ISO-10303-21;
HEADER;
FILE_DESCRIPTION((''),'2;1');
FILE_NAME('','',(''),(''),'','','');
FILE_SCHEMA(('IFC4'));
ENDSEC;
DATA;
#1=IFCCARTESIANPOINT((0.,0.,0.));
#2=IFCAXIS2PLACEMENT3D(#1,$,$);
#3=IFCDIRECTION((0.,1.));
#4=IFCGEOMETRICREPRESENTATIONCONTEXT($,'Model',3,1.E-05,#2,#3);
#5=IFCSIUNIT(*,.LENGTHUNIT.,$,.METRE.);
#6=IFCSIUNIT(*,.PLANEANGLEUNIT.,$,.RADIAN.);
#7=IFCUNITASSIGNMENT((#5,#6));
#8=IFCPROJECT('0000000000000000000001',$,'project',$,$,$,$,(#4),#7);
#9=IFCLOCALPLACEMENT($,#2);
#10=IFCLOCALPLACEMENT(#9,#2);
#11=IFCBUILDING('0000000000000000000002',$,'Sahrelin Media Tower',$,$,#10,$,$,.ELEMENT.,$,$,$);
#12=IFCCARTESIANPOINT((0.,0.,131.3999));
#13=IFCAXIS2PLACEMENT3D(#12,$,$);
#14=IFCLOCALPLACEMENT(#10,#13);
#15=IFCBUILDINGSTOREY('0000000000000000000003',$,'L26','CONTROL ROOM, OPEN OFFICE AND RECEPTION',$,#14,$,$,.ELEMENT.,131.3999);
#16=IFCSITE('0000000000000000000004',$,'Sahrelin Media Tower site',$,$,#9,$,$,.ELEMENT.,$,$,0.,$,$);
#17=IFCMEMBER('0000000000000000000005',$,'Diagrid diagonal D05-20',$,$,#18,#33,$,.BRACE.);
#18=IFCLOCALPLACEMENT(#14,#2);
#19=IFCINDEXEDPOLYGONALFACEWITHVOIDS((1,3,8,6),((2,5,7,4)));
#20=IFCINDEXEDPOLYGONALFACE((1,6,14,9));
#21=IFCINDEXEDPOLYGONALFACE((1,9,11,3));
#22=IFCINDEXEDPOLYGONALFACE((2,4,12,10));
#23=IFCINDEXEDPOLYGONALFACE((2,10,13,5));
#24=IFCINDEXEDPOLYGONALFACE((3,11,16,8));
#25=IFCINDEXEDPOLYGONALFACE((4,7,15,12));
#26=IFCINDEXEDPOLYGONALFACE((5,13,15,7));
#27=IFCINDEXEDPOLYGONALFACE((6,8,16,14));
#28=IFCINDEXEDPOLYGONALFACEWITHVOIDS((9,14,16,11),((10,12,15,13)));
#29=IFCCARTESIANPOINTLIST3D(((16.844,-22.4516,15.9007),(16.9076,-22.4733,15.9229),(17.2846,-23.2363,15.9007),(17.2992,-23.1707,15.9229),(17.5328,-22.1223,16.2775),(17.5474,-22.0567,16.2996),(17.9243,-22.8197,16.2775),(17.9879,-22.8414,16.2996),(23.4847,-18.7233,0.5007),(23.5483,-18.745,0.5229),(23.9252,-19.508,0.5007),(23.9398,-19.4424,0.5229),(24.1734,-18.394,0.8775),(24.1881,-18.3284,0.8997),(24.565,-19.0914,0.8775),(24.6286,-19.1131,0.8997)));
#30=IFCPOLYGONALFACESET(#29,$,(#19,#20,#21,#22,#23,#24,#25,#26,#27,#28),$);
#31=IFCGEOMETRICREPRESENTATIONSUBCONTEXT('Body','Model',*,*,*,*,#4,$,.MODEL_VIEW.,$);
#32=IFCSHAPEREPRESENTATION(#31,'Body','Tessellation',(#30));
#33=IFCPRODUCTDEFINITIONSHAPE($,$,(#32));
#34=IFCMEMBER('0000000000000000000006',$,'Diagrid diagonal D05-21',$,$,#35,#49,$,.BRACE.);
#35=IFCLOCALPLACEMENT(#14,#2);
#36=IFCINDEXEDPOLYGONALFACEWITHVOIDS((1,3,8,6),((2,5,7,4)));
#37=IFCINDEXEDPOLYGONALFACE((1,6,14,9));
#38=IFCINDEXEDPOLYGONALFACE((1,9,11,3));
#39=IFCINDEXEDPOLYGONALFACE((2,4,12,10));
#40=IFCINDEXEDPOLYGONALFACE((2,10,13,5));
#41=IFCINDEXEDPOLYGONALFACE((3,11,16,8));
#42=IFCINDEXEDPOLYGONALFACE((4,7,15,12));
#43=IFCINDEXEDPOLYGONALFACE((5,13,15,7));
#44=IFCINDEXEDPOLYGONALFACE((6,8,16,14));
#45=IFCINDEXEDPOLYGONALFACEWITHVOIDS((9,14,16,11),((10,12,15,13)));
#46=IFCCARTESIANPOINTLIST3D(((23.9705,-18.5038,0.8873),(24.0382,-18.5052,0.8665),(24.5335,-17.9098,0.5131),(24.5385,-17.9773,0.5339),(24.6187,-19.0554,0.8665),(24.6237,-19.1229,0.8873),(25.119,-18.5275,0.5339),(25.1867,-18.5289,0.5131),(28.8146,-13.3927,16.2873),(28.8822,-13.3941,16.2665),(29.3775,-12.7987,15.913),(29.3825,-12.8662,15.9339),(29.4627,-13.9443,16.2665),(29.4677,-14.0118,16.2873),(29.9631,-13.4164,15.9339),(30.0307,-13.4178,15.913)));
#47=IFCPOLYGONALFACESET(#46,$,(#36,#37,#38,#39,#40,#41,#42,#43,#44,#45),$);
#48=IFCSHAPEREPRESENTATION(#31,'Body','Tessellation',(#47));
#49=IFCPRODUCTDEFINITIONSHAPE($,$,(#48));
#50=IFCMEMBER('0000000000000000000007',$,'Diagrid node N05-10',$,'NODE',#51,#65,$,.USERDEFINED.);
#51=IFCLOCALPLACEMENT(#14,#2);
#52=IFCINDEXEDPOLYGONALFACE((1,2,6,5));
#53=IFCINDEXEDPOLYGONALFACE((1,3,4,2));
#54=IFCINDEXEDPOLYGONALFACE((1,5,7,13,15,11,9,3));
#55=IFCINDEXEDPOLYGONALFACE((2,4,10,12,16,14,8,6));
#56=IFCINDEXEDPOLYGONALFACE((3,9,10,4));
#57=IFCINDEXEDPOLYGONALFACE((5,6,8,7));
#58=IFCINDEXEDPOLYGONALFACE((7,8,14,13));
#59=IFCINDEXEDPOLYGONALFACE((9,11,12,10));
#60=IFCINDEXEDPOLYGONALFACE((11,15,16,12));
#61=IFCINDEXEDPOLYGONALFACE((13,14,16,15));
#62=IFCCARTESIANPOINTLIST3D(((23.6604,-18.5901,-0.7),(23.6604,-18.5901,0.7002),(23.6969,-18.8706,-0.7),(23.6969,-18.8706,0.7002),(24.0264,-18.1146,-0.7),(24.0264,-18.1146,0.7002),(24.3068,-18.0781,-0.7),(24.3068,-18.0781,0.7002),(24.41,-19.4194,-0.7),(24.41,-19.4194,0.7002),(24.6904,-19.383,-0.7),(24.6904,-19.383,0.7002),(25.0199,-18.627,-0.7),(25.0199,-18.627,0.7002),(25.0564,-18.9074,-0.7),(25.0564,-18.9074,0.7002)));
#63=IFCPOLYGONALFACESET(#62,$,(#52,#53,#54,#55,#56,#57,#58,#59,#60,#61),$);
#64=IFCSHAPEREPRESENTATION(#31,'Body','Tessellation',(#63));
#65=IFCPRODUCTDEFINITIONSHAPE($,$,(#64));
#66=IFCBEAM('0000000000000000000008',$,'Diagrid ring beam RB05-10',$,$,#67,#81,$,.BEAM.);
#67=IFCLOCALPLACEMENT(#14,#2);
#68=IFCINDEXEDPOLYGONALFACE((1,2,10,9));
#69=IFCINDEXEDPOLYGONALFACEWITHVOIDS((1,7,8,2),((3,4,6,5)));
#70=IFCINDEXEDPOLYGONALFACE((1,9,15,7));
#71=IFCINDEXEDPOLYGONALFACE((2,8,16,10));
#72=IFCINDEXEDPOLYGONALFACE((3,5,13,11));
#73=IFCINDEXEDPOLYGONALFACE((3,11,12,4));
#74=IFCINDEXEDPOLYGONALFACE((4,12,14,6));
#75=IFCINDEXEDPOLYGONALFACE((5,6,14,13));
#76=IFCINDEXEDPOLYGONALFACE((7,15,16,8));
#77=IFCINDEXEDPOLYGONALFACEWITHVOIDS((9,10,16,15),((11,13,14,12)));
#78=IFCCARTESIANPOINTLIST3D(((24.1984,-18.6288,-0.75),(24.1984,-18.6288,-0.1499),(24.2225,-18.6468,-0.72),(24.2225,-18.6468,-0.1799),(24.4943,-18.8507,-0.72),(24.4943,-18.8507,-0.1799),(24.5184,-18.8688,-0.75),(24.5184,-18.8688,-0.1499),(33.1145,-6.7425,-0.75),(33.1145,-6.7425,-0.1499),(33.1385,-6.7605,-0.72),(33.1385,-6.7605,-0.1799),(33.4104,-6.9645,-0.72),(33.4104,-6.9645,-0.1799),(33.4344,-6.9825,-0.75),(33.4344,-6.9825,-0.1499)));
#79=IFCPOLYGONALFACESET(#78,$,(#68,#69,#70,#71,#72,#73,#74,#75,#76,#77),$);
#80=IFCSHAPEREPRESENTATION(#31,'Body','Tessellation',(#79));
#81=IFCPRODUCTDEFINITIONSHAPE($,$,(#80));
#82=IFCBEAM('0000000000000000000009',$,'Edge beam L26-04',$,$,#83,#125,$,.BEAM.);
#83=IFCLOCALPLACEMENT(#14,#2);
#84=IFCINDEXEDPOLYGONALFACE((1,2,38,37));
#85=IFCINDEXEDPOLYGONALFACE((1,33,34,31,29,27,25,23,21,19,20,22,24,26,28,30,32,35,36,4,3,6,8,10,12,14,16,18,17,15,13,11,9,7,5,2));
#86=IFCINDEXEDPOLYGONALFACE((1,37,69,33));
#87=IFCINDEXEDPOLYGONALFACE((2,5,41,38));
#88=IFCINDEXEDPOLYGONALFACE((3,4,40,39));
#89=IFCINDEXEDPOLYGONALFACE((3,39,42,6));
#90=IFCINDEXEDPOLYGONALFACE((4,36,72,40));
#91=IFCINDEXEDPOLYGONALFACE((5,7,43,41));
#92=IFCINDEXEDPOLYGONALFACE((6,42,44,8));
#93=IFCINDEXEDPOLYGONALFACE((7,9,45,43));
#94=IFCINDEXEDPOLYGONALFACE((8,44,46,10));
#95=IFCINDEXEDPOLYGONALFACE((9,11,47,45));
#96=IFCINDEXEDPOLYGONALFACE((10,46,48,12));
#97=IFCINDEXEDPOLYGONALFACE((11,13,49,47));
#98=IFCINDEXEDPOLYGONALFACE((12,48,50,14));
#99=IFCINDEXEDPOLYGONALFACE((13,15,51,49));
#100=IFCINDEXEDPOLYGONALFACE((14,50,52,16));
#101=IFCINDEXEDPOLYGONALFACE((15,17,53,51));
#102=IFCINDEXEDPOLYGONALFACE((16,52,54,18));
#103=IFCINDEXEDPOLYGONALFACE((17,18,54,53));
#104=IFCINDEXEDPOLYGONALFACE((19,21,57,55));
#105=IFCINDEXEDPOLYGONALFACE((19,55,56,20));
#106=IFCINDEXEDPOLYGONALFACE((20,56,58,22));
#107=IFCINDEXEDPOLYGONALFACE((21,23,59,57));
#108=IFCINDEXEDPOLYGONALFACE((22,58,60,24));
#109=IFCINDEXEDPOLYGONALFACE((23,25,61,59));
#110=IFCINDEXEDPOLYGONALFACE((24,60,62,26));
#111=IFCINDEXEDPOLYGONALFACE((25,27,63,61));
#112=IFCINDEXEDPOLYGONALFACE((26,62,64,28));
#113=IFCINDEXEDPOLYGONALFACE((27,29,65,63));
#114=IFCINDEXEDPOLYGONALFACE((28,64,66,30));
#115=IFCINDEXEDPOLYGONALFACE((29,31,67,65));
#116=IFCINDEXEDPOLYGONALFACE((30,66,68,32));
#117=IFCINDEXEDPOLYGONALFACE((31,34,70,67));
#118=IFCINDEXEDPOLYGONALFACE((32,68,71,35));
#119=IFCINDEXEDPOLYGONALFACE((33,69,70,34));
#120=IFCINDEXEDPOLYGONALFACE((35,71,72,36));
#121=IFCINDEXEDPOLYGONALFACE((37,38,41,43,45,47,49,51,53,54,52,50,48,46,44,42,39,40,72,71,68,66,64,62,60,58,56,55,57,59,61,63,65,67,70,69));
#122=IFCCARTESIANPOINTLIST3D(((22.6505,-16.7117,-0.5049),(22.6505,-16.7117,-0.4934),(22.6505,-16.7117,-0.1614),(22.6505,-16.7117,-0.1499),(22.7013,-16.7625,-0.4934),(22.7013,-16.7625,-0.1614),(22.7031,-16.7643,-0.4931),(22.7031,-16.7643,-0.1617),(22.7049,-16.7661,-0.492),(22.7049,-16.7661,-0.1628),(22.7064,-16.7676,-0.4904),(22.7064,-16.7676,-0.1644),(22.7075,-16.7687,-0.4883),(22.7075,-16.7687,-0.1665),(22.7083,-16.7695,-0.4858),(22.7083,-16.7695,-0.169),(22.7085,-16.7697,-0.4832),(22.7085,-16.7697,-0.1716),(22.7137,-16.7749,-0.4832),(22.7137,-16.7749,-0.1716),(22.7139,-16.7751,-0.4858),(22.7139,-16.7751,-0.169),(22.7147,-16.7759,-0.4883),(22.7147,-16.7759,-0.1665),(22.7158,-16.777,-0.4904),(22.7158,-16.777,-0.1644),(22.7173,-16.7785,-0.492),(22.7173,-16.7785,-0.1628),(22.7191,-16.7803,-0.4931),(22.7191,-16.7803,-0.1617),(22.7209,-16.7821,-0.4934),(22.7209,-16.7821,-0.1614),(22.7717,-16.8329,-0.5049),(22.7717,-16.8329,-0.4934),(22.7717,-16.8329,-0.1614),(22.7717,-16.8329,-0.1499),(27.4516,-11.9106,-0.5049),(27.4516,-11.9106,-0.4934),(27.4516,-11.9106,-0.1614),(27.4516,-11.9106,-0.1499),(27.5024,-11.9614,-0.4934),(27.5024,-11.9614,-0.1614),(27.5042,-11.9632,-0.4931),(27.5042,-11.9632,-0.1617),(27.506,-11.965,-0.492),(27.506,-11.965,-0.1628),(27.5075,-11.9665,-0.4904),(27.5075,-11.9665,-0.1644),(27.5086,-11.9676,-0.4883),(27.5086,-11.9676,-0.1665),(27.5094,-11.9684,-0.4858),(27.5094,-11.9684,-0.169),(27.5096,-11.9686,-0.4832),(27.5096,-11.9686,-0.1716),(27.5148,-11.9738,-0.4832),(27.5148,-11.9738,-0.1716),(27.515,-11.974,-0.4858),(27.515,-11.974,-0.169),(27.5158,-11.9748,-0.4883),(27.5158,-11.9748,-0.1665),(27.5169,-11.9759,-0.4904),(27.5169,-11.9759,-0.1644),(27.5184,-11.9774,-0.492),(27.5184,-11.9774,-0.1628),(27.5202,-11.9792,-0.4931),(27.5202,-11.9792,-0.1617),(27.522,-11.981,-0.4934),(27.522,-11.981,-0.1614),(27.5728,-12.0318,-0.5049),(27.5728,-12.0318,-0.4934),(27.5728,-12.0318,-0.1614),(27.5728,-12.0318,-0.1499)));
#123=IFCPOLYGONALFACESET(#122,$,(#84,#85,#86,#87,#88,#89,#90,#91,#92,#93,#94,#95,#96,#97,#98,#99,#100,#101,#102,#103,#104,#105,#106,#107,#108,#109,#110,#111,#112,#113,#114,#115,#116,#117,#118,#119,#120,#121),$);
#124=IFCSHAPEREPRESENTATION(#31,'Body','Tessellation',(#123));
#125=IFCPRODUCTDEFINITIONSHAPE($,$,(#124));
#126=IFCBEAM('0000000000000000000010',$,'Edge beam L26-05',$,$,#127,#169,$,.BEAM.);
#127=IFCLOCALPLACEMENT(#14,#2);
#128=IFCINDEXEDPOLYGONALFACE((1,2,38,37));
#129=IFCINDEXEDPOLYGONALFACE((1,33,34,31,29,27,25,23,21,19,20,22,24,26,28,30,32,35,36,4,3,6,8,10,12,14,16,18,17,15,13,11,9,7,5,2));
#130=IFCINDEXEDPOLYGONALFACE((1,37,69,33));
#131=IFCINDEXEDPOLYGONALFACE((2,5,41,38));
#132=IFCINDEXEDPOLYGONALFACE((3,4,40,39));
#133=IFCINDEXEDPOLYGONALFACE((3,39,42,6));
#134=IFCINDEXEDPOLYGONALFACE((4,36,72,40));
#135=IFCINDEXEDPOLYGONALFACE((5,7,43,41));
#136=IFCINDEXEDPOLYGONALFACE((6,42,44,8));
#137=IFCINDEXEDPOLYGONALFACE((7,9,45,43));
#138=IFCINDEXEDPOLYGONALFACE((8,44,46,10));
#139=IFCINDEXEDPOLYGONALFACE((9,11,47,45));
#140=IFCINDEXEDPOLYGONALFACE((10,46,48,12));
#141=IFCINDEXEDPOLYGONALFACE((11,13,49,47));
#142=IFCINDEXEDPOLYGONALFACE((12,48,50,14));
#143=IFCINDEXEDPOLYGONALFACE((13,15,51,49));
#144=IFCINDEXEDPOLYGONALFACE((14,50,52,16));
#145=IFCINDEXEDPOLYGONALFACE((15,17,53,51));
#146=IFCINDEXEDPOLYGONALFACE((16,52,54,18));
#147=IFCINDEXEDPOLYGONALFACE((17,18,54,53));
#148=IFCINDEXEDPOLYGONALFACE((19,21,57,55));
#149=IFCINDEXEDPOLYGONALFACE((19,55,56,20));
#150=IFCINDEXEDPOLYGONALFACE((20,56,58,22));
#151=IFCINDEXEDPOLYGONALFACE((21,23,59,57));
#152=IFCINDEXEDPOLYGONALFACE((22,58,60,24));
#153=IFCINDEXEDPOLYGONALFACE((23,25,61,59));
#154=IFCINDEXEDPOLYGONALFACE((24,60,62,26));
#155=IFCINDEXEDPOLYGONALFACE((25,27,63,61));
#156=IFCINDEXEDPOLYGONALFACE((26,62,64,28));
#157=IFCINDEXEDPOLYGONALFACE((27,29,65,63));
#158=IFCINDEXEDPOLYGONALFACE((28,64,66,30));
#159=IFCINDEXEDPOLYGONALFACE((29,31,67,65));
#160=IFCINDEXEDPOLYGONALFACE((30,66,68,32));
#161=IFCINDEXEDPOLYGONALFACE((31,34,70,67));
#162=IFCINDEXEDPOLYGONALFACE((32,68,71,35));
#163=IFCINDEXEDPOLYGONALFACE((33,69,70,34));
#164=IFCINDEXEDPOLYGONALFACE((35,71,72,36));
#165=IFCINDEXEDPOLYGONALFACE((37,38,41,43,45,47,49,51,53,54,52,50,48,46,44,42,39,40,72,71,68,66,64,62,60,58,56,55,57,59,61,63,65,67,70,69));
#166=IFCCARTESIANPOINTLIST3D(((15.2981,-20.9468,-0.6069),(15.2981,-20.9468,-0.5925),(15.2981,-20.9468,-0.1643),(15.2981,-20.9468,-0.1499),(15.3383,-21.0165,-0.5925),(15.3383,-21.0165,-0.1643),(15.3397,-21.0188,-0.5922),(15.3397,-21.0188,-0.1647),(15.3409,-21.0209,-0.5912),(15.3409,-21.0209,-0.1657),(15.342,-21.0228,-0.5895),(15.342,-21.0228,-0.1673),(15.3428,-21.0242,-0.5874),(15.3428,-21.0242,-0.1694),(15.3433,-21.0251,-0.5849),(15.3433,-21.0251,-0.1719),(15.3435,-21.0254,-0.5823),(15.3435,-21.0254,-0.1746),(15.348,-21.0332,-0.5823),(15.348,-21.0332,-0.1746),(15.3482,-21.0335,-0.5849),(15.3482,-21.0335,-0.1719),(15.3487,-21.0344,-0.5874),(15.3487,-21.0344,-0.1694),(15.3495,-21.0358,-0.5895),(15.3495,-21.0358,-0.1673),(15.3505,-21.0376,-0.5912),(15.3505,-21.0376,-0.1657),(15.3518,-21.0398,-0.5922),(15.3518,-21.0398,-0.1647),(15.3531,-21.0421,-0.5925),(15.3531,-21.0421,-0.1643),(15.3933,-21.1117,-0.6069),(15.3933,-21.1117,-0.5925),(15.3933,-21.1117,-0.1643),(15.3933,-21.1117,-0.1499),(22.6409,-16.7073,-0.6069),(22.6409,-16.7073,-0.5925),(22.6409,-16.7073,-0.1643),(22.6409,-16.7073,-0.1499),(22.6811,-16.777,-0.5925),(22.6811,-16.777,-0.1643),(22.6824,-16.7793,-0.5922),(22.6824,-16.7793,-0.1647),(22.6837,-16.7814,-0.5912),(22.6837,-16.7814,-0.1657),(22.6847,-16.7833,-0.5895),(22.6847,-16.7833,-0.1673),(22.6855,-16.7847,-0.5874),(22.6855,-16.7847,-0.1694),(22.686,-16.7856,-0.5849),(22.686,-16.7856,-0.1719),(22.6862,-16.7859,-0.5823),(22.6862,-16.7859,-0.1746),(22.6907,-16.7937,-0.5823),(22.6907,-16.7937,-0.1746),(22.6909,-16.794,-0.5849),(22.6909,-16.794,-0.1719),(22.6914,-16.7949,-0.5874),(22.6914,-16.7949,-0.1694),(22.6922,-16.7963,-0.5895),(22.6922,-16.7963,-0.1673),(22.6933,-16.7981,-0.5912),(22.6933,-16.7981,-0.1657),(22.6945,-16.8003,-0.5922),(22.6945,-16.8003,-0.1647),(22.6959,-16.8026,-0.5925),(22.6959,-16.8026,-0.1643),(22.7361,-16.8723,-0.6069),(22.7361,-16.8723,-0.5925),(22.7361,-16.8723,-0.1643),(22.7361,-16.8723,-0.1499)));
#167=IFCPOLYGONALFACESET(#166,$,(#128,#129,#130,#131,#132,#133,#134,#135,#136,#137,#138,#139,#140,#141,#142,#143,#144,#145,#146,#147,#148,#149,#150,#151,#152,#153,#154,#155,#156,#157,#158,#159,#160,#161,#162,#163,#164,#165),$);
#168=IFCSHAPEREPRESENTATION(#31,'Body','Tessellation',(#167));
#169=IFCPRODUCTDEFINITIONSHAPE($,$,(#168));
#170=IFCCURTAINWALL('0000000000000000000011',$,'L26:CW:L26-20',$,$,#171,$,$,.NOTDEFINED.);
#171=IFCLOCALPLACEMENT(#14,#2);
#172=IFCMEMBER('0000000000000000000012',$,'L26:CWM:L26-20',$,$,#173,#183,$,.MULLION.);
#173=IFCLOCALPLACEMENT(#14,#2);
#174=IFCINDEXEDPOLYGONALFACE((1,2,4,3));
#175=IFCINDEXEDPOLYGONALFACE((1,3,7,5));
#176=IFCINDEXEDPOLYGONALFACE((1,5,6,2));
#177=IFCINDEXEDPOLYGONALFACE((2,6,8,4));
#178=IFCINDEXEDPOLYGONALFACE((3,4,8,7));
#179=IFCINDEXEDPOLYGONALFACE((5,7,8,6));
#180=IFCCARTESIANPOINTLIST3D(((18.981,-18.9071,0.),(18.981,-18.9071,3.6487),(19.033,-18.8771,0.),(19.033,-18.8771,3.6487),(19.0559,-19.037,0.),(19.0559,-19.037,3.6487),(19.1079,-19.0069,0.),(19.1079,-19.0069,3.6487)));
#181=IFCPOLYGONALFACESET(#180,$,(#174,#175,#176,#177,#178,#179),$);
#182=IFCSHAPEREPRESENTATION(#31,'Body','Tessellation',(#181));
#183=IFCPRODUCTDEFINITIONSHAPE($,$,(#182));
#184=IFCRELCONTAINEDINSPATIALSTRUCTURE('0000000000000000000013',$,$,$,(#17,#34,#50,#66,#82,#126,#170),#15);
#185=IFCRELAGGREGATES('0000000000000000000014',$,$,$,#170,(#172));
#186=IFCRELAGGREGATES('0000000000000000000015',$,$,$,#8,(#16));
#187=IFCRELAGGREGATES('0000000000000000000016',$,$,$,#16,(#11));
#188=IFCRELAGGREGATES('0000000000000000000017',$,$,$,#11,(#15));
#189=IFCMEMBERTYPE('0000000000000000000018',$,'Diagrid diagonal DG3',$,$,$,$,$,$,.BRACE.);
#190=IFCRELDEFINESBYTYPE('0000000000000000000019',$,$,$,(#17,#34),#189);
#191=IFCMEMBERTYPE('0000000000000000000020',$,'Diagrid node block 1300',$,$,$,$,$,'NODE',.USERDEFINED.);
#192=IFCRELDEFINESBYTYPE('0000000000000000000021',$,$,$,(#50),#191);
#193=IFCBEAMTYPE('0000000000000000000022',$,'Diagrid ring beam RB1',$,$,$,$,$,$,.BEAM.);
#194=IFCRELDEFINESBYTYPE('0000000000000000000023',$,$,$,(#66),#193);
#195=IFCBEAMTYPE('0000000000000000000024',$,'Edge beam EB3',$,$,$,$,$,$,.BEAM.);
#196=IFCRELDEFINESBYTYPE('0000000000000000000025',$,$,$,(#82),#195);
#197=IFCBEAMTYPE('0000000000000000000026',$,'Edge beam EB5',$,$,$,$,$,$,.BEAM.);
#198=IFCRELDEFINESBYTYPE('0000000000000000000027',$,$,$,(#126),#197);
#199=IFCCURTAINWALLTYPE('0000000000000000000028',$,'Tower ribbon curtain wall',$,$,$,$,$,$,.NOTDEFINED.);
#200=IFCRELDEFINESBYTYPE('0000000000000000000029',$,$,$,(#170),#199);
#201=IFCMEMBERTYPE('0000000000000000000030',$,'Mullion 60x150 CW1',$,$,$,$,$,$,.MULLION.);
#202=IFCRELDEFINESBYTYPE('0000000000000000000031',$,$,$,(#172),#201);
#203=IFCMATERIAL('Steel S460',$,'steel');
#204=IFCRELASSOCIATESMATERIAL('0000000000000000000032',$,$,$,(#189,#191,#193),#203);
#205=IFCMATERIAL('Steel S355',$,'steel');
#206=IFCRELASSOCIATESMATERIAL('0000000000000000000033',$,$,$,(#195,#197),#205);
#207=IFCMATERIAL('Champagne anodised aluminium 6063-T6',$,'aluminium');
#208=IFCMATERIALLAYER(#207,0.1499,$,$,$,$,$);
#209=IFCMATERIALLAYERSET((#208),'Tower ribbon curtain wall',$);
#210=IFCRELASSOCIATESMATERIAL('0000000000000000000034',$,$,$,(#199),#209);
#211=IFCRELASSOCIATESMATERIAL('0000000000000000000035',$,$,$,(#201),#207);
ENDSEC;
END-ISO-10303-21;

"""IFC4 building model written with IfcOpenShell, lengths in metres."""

from ifc_helpers import new_model, si_unit, direction, frame, origin, origin_2d, place, context, subcontext, project, spatial, polyline, rectangle, hollow_rectangle, i_section, outline, extrude, material, layer, layer_set, material_profile, profile_set, type_object, element, aggregate, save


model = new_model("IFC4")

# Units and contexts
model_context = context("Model", 3, precision=1e-05, world=origin(), true_north=direction((0.0, 1.0)))
body_context = subcontext(model_context, "Body", "Model", "MODEL_VIEW")
ifc_project = project(units=[si_unit("LENGTHUNIT", "METRE"), si_unit("PLANEANGLEUNIT", "RADIAN")], contexts=[model_context])

# Site, building, storey
site_placement = place(None, origin())
site = spatial("IfcSite", under=ifc_project, at=site_placement, Name="Sahrelin Media Tower site", CompositionType="ELEMENT", RefElevation=0.0)
building_placement = place(site_placement, origin())
building = spatial("IfcBuilding", under=site, at=building_placement, Name="Sahrelin Media Tower", CompositionType="ELEMENT")
storey_placement = place(building_placement, frame((0.0, 0.0, 131.3999)))
storey = spatial("IfcBuildingStorey", under=building, at=storey_placement, Name="L26", Description="CONTROL ROOM, OPEN OFFICE AND RECEPTION", CompositionType="ELEMENT", Elevation=131.3999)

# Members
ifc_material_1 = material(Name="Steel S460", Category="steel")
ifc_material_profile_1 = material_profile(ifc_material_1, hollow_rectangle(XDim=0.8999, YDim=0.8999, WallThickness=0.05, at=origin_2d()), Name="Diagrid diagonal DG3")
ifc_profile_set_1 = profile_set([ifc_material_profile_1], Name="Steel S460")
member_type_1 = type_object("IfcMemberType", Name="Diagrid diagonal DG3", PredefinedType="BRACE", material=ifc_profile_set_1)
member_1_placement = place(storey_placement, frame((24.0566, -18.9182, 0.7002), z_axis=(-0.386531, -0.217011, 0.896382), x_axis=(0.489555, -0.871973, 0.0)))
element("IfcMember", 1, at=member_1_placement, inside=storey, type_object=member_type_1, Name="Diagrid diagonal D05-20", PredefinedType="BRACE", context=body_context, shape_type="SweptSolid", body=[
    extrude(hollow_rectangle(XDim=0.8999, YDim=0.8999, WallThickness=0.05, at=origin_2d()), origin(), (0.0, 0.0, 1.0), 17.1802),
])
member_2_placement = place(storey_placement, frame((24.5786, -18.5164, 0.7002), z_axis=(0.286059, 0.301832, 0.909432), x_axis=(-0.725817, 0.687888, 0.0)))
element("IfcMember", 2, at=member_2_placement, inside=storey, type_object=member_type_1, Name="Diagrid diagonal D05-21", PredefinedType="BRACE", context=body_context, shape_type="SweptSolid", body=[
    extrude(hollow_rectangle(XDim=0.8999, YDim=0.8999, WallThickness=0.05, at=origin_2d()), origin(), (0.0, 0.0, 1.0), 16.9336),
])
ifc_material_profile_2 = material_profile(ifc_material_1, outline(polyline([(0.45, -0.5), (0.6499, -0.3), (0.6499, 0.3), (0.45, 0.5), (-0.45, 0.5), (-0.6499, 0.3), (-0.6499, -0.3), (-0.45, -0.5), (0.45, -0.5)])), Name="Diagrid node block 1300")
ifc_profile_set_2 = profile_set([ifc_material_profile_2], Name="Steel S460")
member_type_2 = type_object("IfcMemberType", Name="Diagrid node block 1300", ElementType="NODE", PredefinedType="USERDEFINED", material=ifc_profile_set_2)
member_3_placement = place(storey_placement, frame((24.3584, -18.7488, -0.7), z_axis=(0.0, 0.0, 1.0), x_axis=(0.792445, -0.609943, 0.0)))
element("IfcMember", 3, at=member_3_placement, inside=storey, type_object=member_type_2, Name="Diagrid node N05-10", ObjectType="NODE", PredefinedType="USERDEFINED", context=body_context, shape_type="SweptSolid", body=[
    extrude(outline(polyline([(0.45, -0.5), (0.6499, -0.3), (0.6499, 0.3), (0.45, 0.5), (-0.45, 0.5), (-0.6499, 0.3), (-0.6499, -0.3), (-0.45, -0.5), (0.45, -0.5)])), origin(), (0.0, 0.0, 1.0), 1.4001),
])

# Beams
ifc_material_profile_3 = material_profile(ifc_material_1, hollow_rectangle(XDim=0.3999, YDim=0.6001, WallThickness=0.03, at=origin_2d()), Name="Diagrid ring beam RB1")
ifc_profile_set_3 = profile_set([ifc_material_profile_3], Name="Steel S460")
beam_type_1 = type_object("IfcBeamType", Name="Diagrid ring beam RB1", PredefinedType="BEAM", material=ifc_profile_set_3)
beam_1_placement = place(storey_placement, frame((24.3584, -18.7488, -0.45), z_axis=(0.600058, 0.799957, 0.0), x_axis=(-0.799957, 0.600058, 0.0)))
element("IfcBeam", 4, at=beam_1_placement, inside=storey, type_object=beam_type_1, Name="Diagrid ring beam RB05-10", PredefinedType="BEAM", context=body_context, shape_type="SweptSolid", body=[
    extrude(hollow_rectangle(XDim=0.3999, YDim=0.6001, WallThickness=0.03, at=origin_2d()), origin(), (0.0, 0.0, 1.0), 14.8586),
])
ifc_material_2 = material(Name="Steel S355", Category="steel")
ifc_material_profile_4 = material_profile(ifc_material_2, i_section(OverallWidth=0.1714, OverallDepth=0.355, WebThickness=0.0073, FlangeThickness=0.0115, FilletRadius=0.0103, at=origin_2d()), Name="UB 356x171x51")
ifc_profile_set_4 = profile_set([ifc_material_profile_4], Name="Steel S355")
beam_type_2 = type_object("IfcBeamType", Name="Edge beam EB3", PredefinedType="BEAM", material=ifc_profile_set_4)
beam_2_placement = place(storey_placement, frame((27.5122, -11.9712, -0.3274), z_axis=(-0.707107, -0.707107, 0.0), x_axis=(0.707107, -0.707107, 0.0)))
element("IfcBeam", 5, at=beam_2_placement, inside=storey, type_object=beam_type_2, Name="Edge beam L26-04", PredefinedType="BEAM", context=body_context, shape_type="SweptSolid", body=[
    extrude(i_section(OverallWidth=0.1714, OverallDepth=0.355, WebThickness=0.0073, FlangeThickness=0.0115, FilletRadius=0.0103, at=origin_2d()), origin(), (0.0, 0.0, 1.0), 6.7898),
])
ifc_material_profile_5 = material_profile(ifc_material_2, i_section(OverallWidth=0.1904, OverallDepth=0.457, WebThickness=0.009, FlangeThickness=0.0144, FilletRadius=0.0103, at=origin_2d()), Name="UB 457x191x74")
ifc_profile_set_5 = profile_set([ifc_material_profile_5], Name="Steel S355")
beam_type_3 = type_object("IfcBeamType", Name="Edge beam EB5", PredefinedType="BEAM", material=ifc_profile_set_5)
beam_3_placement = place(storey_placement, frame((22.6885, -16.7898, -0.3784), z_axis=(-0.866018, -0.500013, 0.0), x_axis=(0.500013, -0.866018, 0.0)))
element("IfcBeam", 6, at=beam_3_placement, inside=storey, type_object=beam_type_3, Name="Edge beam L26-05", PredefinedType="BEAM", context=body_context, shape_type="SweptSolid", body=[
    extrude(i_section(OverallWidth=0.1904, OverallDepth=0.457, WebThickness=0.009, FlangeThickness=0.0144, FilletRadius=0.0103, at=origin_2d()), origin(), (0.0, 0.0, 1.0), 8.4788),
])

# Curtain wall, member
ifc_material_3 = material(Name="Champagne anodised aluminium 6063-T6", Category="aluminium")
ifc_layer_1 = layer(ifc_material_3, 0.1499)
ifc_layer_set_1 = layer_set([ifc_layer_1], Name="Tower ribbon curtain wall")
curtain_wall_type = type_object("IfcCurtainWallType", Name="Tower ribbon curtain wall", PredefinedType="NOTDEFINED", material=ifc_layer_set_1)
curtain_wall_1_placement = place(storey_placement, frame((19.092, -19.0393, 0.0), z_axis=(0.0, 0.0, 1.0), x_axis=(1.0, 0.0, 0.0)))
curtain_wall_1 = element("IfcCurtainWall", 7, at=curtain_wall_1_placement, inside=storey, type_object=curtain_wall_type, Name="L26:CW:L26-20", PredefinedType="NOTDEFINED")
ifc_material_profile_6 = material_profile(ifc_material_3, rectangle(XDim=0.0601, YDim=0.1499, at=origin_2d()), Name="Mullion 60x150")
ifc_profile_set_6 = profile_set([ifc_material_profile_6], Name="Champagne anodised aluminium 6063-T6")
member_type_3 = type_object("IfcMemberType", Name="Mullion 60x150 CW1", PredefinedType="MULLION", material=ifc_profile_set_6)
member_4_placement = place(storey_placement, frame((19.0444, -18.957, 0.0), z_axis=(0.0, 0.0, 1.0), x_axis=(0.866029, 0.499994, 0.0)))
member_4 = element("IfcMember", 8, at=member_4_placement, type_object=member_type_3, Name="L26:CWM:L26-20", PredefinedType="MULLION", context=body_context, shape_type="SweptSolid", body=[
    extrude(rectangle(XDim=0.0601, YDim=0.1499, at=origin_2d()), origin(), (0.0, 0.0, 1.0), 3.6487),
])

aggregate(curtain_wall_1, [member_4])

save(model, "model.ifc")
